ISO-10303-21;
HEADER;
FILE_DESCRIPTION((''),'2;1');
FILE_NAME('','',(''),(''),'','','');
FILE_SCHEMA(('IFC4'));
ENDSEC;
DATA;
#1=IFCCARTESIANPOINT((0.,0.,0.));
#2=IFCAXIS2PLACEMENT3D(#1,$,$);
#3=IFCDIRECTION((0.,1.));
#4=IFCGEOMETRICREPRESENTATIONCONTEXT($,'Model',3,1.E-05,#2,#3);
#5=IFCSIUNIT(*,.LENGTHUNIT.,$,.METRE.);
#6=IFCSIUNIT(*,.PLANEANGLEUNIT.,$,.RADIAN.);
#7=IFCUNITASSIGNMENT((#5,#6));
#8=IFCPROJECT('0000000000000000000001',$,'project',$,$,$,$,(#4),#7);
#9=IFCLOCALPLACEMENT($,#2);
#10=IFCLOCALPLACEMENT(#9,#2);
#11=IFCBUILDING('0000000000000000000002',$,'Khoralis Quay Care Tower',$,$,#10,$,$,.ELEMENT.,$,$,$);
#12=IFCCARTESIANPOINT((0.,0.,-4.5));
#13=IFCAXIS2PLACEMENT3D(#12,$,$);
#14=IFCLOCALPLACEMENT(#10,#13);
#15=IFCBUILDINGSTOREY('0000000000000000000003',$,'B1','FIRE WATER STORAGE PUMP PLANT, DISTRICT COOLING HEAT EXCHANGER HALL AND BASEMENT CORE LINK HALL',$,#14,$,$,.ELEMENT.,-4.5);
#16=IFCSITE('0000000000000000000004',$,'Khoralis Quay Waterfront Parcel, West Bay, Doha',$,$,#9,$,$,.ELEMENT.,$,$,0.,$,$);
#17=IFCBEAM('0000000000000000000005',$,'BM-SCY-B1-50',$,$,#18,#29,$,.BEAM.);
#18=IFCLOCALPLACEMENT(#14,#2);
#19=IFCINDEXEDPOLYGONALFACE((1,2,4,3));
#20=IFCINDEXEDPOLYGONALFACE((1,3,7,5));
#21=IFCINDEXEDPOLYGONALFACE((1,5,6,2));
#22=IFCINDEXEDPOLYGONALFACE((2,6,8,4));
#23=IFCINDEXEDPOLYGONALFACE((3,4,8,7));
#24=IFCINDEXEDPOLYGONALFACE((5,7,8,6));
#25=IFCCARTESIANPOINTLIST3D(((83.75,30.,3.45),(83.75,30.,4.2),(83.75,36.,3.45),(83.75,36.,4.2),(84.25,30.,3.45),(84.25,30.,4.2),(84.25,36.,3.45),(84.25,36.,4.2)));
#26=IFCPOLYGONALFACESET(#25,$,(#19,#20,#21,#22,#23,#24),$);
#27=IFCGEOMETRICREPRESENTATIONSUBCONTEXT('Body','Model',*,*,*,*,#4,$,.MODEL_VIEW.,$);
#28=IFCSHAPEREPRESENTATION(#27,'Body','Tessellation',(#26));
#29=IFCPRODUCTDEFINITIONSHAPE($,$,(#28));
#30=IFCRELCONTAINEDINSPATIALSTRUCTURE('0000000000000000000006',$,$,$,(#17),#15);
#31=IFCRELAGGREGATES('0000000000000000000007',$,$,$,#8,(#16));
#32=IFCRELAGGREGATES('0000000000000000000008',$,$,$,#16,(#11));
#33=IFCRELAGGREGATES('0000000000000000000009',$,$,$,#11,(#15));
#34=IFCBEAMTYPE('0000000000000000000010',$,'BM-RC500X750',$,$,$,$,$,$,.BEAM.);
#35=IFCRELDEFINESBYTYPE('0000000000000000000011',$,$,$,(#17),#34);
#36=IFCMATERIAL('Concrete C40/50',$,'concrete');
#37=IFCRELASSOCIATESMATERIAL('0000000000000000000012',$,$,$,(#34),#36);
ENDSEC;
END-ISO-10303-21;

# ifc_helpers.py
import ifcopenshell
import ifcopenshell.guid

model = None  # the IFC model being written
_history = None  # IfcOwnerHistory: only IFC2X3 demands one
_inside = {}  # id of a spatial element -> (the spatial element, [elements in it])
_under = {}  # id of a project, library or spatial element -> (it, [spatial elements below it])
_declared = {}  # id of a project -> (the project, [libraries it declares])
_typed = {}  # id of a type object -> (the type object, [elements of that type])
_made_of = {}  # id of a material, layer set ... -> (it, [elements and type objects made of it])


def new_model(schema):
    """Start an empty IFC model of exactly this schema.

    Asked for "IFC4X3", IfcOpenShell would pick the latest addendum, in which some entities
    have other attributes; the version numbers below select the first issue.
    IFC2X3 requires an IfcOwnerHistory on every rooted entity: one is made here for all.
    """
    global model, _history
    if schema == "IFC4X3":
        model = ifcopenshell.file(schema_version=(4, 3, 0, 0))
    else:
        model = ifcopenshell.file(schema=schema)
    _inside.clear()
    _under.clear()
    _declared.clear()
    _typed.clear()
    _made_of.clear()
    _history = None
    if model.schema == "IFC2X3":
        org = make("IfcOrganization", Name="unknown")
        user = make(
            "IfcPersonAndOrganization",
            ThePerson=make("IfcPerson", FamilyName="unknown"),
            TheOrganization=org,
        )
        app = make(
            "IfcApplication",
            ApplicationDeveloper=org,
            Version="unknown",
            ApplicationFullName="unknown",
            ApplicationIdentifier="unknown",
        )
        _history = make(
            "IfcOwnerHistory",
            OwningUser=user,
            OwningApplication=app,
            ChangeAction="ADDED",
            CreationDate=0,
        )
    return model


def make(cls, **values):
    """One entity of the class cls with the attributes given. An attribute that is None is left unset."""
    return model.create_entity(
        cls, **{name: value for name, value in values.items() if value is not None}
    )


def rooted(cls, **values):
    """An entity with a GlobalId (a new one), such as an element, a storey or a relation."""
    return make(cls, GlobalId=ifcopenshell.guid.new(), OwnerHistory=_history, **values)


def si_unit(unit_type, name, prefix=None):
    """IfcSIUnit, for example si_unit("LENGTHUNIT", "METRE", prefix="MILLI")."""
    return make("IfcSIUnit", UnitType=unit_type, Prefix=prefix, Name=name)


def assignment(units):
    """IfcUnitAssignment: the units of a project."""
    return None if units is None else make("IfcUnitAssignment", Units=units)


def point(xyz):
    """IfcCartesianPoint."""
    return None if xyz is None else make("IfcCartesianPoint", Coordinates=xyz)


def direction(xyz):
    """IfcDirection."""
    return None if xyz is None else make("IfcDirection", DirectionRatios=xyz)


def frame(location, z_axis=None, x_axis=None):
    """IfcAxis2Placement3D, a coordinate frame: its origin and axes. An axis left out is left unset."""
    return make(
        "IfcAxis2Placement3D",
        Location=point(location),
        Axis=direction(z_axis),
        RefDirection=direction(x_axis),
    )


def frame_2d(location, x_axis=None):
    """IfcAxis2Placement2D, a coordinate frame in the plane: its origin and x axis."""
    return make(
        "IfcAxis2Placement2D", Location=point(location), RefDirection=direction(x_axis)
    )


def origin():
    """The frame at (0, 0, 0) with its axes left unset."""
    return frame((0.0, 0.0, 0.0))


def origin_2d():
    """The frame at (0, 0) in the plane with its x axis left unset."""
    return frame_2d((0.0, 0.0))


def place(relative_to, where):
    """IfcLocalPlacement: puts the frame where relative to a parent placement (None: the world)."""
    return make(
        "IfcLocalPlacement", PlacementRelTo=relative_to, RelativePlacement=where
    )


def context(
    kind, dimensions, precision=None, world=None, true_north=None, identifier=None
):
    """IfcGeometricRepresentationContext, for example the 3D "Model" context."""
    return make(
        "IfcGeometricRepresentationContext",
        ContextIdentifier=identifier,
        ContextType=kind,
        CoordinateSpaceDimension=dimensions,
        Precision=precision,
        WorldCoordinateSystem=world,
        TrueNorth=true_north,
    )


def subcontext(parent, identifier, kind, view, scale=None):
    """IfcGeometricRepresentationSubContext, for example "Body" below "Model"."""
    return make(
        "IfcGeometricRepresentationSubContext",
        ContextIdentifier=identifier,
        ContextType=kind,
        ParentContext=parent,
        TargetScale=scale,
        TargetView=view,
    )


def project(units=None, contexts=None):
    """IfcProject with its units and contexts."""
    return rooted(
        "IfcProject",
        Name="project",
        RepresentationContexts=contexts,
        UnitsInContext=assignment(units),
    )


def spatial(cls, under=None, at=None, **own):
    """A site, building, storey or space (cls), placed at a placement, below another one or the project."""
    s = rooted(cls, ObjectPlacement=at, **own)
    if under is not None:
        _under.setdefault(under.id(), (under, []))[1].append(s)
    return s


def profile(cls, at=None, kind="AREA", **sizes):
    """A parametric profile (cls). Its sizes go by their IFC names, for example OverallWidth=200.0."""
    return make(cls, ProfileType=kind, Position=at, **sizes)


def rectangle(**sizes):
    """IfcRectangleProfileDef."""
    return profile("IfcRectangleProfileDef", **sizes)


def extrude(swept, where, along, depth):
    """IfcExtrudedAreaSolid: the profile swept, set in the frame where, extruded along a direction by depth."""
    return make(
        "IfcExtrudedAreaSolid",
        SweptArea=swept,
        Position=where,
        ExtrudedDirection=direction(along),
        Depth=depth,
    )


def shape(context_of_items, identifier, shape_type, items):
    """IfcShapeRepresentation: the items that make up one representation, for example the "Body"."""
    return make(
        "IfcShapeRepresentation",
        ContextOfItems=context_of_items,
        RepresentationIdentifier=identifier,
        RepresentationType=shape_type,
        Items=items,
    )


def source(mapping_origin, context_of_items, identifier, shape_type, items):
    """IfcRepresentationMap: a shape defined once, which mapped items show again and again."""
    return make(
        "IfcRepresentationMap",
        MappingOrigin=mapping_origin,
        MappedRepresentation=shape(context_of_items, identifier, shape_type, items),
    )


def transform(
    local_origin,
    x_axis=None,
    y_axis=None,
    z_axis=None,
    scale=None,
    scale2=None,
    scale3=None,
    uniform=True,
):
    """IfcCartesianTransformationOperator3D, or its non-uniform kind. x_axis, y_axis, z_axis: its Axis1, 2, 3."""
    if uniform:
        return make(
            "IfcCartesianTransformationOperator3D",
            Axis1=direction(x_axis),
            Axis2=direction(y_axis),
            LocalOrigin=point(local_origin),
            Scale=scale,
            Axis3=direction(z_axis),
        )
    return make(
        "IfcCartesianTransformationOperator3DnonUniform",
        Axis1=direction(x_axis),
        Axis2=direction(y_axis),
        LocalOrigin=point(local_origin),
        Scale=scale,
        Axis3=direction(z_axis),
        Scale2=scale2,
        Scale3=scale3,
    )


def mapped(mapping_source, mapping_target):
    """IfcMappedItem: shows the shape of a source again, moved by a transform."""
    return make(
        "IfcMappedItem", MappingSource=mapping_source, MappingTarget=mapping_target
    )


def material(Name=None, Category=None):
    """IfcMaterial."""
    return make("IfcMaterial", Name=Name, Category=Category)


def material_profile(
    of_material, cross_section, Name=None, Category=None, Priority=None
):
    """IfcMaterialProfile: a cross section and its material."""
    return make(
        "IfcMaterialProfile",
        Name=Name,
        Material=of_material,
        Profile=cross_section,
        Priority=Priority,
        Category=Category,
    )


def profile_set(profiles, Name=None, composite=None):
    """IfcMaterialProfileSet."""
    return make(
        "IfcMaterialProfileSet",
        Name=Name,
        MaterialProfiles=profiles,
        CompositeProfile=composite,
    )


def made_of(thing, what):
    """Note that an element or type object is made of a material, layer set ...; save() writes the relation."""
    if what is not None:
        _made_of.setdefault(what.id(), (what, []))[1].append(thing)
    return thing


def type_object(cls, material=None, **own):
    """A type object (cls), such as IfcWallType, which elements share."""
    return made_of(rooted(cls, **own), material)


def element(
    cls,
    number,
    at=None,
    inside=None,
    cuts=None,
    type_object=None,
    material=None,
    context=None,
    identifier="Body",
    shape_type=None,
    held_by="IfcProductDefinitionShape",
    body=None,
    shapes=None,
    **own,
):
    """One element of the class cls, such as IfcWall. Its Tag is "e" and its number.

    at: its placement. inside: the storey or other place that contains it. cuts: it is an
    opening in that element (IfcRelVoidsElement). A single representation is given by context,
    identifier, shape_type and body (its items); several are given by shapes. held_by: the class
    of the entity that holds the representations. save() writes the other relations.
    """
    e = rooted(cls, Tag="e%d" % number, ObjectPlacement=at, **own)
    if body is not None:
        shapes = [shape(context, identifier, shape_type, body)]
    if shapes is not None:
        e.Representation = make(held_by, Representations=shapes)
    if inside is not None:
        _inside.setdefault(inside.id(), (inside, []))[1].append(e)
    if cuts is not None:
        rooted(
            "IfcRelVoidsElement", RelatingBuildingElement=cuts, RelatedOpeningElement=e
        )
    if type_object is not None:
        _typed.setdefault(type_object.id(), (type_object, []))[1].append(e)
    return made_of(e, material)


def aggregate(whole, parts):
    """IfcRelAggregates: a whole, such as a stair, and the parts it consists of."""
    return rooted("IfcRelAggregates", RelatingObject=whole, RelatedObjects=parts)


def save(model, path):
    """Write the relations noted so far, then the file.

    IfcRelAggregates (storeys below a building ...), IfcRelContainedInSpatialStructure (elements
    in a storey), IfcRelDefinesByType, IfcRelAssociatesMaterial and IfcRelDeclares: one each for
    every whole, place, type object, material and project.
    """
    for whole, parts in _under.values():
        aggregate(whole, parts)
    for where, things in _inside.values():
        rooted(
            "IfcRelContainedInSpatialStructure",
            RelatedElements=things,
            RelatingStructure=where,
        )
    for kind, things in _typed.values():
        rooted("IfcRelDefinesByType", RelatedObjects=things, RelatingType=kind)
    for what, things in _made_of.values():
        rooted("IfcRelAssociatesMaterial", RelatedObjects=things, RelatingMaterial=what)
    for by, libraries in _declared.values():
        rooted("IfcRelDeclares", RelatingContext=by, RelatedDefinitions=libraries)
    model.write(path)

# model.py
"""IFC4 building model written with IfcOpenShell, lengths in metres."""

from ifc_helpers import new_model, si_unit, direction, frame, origin, origin_2d, place, context, subcontext, project, spatial, rectangle, extrude, source, transform, mapped, material, material_profile, profile_set, type_object, element, save


model = new_model("IFC4")

# Units and contexts
model_context = context("Model", 3, precision=1e-05, world=origin(), true_north=direction((0.0, 1.0)))
body_context = subcontext(model_context, "Body", "Model", "MODEL_VIEW")
ifc_project = project(units=[si_unit("LENGTHUNIT", "METRE"), si_unit("PLANEANGLEUNIT", "RADIAN")], contexts=[model_context])

# Site, building, storey
site_placement = place(None, origin())
site = spatial("IfcSite", under=ifc_project, at=site_placement, Name="Khoralis Quay Waterfront Parcel, West Bay, Doha", CompositionType="ELEMENT", RefElevation=0.0)
building_placement = place(site_placement, origin())
building = spatial("IfcBuilding", under=site, at=building_placement, Name="Khoralis Quay Care Tower", CompositionType="ELEMENT")
storey_placement = place(building_placement, frame((0.0, 0.0, -4.5)))
storey = spatial("IfcBuildingStorey", under=building, at=storey_placement, Name="B1", Description="FIRE WATER STORAGE PUMP PLANT, DISTRICT COOLING HEAT EXCHANGER HALL AND BASEMENT CORE LINK HALL", CompositionType="ELEMENT", Elevation=-4.5)

# Shared definitions
ifc_material_1 = material(Name="Concrete C40/50", Category="concrete")

# Beam
ifc_material_profile_1 = material_profile(ifc_material_1, rectangle(XDim=0.5, YDim=0.75, at=origin_2d()), Name="Concrete C40/50")
ifc_profile_set_1 = profile_set([ifc_material_profile_1], Name="Concrete C40/50")
beam_type = type_object("IfcBeamType", Name="BM-RC500X750", PredefinedType="BEAM", material=ifc_profile_set_1)
shared_shape_1 = source(origin(), body_context, "Body", "SweptSolid", [
    extrude(rectangle(XDim=0.5, YDim=0.75, at=origin_2d()), origin(), (0.0, 0.0, 1.0), 6.0),
])
for number, where, z_axis, x_axis, name in (
    (1, (84.0, 30.0, 3.825), (0.0, 1.0, 0.0), (-1.0, 0.0, 0.0), "BM-SCY-B1-50"),
):
    element("IfcBeam", number, at=place(storey_placement, frame(where, z_axis=z_axis, x_axis=x_axis)), inside=storey, type_object=beam_type, Name=name, PredefinedType="BEAM", context=body_context, shape_type="MappedRepresentation", body=[
        mapped(shared_shape_1, transform((0.0, 0.0, 0.0), scale=1.0)),
    ])

save(model, "model.ifc")
